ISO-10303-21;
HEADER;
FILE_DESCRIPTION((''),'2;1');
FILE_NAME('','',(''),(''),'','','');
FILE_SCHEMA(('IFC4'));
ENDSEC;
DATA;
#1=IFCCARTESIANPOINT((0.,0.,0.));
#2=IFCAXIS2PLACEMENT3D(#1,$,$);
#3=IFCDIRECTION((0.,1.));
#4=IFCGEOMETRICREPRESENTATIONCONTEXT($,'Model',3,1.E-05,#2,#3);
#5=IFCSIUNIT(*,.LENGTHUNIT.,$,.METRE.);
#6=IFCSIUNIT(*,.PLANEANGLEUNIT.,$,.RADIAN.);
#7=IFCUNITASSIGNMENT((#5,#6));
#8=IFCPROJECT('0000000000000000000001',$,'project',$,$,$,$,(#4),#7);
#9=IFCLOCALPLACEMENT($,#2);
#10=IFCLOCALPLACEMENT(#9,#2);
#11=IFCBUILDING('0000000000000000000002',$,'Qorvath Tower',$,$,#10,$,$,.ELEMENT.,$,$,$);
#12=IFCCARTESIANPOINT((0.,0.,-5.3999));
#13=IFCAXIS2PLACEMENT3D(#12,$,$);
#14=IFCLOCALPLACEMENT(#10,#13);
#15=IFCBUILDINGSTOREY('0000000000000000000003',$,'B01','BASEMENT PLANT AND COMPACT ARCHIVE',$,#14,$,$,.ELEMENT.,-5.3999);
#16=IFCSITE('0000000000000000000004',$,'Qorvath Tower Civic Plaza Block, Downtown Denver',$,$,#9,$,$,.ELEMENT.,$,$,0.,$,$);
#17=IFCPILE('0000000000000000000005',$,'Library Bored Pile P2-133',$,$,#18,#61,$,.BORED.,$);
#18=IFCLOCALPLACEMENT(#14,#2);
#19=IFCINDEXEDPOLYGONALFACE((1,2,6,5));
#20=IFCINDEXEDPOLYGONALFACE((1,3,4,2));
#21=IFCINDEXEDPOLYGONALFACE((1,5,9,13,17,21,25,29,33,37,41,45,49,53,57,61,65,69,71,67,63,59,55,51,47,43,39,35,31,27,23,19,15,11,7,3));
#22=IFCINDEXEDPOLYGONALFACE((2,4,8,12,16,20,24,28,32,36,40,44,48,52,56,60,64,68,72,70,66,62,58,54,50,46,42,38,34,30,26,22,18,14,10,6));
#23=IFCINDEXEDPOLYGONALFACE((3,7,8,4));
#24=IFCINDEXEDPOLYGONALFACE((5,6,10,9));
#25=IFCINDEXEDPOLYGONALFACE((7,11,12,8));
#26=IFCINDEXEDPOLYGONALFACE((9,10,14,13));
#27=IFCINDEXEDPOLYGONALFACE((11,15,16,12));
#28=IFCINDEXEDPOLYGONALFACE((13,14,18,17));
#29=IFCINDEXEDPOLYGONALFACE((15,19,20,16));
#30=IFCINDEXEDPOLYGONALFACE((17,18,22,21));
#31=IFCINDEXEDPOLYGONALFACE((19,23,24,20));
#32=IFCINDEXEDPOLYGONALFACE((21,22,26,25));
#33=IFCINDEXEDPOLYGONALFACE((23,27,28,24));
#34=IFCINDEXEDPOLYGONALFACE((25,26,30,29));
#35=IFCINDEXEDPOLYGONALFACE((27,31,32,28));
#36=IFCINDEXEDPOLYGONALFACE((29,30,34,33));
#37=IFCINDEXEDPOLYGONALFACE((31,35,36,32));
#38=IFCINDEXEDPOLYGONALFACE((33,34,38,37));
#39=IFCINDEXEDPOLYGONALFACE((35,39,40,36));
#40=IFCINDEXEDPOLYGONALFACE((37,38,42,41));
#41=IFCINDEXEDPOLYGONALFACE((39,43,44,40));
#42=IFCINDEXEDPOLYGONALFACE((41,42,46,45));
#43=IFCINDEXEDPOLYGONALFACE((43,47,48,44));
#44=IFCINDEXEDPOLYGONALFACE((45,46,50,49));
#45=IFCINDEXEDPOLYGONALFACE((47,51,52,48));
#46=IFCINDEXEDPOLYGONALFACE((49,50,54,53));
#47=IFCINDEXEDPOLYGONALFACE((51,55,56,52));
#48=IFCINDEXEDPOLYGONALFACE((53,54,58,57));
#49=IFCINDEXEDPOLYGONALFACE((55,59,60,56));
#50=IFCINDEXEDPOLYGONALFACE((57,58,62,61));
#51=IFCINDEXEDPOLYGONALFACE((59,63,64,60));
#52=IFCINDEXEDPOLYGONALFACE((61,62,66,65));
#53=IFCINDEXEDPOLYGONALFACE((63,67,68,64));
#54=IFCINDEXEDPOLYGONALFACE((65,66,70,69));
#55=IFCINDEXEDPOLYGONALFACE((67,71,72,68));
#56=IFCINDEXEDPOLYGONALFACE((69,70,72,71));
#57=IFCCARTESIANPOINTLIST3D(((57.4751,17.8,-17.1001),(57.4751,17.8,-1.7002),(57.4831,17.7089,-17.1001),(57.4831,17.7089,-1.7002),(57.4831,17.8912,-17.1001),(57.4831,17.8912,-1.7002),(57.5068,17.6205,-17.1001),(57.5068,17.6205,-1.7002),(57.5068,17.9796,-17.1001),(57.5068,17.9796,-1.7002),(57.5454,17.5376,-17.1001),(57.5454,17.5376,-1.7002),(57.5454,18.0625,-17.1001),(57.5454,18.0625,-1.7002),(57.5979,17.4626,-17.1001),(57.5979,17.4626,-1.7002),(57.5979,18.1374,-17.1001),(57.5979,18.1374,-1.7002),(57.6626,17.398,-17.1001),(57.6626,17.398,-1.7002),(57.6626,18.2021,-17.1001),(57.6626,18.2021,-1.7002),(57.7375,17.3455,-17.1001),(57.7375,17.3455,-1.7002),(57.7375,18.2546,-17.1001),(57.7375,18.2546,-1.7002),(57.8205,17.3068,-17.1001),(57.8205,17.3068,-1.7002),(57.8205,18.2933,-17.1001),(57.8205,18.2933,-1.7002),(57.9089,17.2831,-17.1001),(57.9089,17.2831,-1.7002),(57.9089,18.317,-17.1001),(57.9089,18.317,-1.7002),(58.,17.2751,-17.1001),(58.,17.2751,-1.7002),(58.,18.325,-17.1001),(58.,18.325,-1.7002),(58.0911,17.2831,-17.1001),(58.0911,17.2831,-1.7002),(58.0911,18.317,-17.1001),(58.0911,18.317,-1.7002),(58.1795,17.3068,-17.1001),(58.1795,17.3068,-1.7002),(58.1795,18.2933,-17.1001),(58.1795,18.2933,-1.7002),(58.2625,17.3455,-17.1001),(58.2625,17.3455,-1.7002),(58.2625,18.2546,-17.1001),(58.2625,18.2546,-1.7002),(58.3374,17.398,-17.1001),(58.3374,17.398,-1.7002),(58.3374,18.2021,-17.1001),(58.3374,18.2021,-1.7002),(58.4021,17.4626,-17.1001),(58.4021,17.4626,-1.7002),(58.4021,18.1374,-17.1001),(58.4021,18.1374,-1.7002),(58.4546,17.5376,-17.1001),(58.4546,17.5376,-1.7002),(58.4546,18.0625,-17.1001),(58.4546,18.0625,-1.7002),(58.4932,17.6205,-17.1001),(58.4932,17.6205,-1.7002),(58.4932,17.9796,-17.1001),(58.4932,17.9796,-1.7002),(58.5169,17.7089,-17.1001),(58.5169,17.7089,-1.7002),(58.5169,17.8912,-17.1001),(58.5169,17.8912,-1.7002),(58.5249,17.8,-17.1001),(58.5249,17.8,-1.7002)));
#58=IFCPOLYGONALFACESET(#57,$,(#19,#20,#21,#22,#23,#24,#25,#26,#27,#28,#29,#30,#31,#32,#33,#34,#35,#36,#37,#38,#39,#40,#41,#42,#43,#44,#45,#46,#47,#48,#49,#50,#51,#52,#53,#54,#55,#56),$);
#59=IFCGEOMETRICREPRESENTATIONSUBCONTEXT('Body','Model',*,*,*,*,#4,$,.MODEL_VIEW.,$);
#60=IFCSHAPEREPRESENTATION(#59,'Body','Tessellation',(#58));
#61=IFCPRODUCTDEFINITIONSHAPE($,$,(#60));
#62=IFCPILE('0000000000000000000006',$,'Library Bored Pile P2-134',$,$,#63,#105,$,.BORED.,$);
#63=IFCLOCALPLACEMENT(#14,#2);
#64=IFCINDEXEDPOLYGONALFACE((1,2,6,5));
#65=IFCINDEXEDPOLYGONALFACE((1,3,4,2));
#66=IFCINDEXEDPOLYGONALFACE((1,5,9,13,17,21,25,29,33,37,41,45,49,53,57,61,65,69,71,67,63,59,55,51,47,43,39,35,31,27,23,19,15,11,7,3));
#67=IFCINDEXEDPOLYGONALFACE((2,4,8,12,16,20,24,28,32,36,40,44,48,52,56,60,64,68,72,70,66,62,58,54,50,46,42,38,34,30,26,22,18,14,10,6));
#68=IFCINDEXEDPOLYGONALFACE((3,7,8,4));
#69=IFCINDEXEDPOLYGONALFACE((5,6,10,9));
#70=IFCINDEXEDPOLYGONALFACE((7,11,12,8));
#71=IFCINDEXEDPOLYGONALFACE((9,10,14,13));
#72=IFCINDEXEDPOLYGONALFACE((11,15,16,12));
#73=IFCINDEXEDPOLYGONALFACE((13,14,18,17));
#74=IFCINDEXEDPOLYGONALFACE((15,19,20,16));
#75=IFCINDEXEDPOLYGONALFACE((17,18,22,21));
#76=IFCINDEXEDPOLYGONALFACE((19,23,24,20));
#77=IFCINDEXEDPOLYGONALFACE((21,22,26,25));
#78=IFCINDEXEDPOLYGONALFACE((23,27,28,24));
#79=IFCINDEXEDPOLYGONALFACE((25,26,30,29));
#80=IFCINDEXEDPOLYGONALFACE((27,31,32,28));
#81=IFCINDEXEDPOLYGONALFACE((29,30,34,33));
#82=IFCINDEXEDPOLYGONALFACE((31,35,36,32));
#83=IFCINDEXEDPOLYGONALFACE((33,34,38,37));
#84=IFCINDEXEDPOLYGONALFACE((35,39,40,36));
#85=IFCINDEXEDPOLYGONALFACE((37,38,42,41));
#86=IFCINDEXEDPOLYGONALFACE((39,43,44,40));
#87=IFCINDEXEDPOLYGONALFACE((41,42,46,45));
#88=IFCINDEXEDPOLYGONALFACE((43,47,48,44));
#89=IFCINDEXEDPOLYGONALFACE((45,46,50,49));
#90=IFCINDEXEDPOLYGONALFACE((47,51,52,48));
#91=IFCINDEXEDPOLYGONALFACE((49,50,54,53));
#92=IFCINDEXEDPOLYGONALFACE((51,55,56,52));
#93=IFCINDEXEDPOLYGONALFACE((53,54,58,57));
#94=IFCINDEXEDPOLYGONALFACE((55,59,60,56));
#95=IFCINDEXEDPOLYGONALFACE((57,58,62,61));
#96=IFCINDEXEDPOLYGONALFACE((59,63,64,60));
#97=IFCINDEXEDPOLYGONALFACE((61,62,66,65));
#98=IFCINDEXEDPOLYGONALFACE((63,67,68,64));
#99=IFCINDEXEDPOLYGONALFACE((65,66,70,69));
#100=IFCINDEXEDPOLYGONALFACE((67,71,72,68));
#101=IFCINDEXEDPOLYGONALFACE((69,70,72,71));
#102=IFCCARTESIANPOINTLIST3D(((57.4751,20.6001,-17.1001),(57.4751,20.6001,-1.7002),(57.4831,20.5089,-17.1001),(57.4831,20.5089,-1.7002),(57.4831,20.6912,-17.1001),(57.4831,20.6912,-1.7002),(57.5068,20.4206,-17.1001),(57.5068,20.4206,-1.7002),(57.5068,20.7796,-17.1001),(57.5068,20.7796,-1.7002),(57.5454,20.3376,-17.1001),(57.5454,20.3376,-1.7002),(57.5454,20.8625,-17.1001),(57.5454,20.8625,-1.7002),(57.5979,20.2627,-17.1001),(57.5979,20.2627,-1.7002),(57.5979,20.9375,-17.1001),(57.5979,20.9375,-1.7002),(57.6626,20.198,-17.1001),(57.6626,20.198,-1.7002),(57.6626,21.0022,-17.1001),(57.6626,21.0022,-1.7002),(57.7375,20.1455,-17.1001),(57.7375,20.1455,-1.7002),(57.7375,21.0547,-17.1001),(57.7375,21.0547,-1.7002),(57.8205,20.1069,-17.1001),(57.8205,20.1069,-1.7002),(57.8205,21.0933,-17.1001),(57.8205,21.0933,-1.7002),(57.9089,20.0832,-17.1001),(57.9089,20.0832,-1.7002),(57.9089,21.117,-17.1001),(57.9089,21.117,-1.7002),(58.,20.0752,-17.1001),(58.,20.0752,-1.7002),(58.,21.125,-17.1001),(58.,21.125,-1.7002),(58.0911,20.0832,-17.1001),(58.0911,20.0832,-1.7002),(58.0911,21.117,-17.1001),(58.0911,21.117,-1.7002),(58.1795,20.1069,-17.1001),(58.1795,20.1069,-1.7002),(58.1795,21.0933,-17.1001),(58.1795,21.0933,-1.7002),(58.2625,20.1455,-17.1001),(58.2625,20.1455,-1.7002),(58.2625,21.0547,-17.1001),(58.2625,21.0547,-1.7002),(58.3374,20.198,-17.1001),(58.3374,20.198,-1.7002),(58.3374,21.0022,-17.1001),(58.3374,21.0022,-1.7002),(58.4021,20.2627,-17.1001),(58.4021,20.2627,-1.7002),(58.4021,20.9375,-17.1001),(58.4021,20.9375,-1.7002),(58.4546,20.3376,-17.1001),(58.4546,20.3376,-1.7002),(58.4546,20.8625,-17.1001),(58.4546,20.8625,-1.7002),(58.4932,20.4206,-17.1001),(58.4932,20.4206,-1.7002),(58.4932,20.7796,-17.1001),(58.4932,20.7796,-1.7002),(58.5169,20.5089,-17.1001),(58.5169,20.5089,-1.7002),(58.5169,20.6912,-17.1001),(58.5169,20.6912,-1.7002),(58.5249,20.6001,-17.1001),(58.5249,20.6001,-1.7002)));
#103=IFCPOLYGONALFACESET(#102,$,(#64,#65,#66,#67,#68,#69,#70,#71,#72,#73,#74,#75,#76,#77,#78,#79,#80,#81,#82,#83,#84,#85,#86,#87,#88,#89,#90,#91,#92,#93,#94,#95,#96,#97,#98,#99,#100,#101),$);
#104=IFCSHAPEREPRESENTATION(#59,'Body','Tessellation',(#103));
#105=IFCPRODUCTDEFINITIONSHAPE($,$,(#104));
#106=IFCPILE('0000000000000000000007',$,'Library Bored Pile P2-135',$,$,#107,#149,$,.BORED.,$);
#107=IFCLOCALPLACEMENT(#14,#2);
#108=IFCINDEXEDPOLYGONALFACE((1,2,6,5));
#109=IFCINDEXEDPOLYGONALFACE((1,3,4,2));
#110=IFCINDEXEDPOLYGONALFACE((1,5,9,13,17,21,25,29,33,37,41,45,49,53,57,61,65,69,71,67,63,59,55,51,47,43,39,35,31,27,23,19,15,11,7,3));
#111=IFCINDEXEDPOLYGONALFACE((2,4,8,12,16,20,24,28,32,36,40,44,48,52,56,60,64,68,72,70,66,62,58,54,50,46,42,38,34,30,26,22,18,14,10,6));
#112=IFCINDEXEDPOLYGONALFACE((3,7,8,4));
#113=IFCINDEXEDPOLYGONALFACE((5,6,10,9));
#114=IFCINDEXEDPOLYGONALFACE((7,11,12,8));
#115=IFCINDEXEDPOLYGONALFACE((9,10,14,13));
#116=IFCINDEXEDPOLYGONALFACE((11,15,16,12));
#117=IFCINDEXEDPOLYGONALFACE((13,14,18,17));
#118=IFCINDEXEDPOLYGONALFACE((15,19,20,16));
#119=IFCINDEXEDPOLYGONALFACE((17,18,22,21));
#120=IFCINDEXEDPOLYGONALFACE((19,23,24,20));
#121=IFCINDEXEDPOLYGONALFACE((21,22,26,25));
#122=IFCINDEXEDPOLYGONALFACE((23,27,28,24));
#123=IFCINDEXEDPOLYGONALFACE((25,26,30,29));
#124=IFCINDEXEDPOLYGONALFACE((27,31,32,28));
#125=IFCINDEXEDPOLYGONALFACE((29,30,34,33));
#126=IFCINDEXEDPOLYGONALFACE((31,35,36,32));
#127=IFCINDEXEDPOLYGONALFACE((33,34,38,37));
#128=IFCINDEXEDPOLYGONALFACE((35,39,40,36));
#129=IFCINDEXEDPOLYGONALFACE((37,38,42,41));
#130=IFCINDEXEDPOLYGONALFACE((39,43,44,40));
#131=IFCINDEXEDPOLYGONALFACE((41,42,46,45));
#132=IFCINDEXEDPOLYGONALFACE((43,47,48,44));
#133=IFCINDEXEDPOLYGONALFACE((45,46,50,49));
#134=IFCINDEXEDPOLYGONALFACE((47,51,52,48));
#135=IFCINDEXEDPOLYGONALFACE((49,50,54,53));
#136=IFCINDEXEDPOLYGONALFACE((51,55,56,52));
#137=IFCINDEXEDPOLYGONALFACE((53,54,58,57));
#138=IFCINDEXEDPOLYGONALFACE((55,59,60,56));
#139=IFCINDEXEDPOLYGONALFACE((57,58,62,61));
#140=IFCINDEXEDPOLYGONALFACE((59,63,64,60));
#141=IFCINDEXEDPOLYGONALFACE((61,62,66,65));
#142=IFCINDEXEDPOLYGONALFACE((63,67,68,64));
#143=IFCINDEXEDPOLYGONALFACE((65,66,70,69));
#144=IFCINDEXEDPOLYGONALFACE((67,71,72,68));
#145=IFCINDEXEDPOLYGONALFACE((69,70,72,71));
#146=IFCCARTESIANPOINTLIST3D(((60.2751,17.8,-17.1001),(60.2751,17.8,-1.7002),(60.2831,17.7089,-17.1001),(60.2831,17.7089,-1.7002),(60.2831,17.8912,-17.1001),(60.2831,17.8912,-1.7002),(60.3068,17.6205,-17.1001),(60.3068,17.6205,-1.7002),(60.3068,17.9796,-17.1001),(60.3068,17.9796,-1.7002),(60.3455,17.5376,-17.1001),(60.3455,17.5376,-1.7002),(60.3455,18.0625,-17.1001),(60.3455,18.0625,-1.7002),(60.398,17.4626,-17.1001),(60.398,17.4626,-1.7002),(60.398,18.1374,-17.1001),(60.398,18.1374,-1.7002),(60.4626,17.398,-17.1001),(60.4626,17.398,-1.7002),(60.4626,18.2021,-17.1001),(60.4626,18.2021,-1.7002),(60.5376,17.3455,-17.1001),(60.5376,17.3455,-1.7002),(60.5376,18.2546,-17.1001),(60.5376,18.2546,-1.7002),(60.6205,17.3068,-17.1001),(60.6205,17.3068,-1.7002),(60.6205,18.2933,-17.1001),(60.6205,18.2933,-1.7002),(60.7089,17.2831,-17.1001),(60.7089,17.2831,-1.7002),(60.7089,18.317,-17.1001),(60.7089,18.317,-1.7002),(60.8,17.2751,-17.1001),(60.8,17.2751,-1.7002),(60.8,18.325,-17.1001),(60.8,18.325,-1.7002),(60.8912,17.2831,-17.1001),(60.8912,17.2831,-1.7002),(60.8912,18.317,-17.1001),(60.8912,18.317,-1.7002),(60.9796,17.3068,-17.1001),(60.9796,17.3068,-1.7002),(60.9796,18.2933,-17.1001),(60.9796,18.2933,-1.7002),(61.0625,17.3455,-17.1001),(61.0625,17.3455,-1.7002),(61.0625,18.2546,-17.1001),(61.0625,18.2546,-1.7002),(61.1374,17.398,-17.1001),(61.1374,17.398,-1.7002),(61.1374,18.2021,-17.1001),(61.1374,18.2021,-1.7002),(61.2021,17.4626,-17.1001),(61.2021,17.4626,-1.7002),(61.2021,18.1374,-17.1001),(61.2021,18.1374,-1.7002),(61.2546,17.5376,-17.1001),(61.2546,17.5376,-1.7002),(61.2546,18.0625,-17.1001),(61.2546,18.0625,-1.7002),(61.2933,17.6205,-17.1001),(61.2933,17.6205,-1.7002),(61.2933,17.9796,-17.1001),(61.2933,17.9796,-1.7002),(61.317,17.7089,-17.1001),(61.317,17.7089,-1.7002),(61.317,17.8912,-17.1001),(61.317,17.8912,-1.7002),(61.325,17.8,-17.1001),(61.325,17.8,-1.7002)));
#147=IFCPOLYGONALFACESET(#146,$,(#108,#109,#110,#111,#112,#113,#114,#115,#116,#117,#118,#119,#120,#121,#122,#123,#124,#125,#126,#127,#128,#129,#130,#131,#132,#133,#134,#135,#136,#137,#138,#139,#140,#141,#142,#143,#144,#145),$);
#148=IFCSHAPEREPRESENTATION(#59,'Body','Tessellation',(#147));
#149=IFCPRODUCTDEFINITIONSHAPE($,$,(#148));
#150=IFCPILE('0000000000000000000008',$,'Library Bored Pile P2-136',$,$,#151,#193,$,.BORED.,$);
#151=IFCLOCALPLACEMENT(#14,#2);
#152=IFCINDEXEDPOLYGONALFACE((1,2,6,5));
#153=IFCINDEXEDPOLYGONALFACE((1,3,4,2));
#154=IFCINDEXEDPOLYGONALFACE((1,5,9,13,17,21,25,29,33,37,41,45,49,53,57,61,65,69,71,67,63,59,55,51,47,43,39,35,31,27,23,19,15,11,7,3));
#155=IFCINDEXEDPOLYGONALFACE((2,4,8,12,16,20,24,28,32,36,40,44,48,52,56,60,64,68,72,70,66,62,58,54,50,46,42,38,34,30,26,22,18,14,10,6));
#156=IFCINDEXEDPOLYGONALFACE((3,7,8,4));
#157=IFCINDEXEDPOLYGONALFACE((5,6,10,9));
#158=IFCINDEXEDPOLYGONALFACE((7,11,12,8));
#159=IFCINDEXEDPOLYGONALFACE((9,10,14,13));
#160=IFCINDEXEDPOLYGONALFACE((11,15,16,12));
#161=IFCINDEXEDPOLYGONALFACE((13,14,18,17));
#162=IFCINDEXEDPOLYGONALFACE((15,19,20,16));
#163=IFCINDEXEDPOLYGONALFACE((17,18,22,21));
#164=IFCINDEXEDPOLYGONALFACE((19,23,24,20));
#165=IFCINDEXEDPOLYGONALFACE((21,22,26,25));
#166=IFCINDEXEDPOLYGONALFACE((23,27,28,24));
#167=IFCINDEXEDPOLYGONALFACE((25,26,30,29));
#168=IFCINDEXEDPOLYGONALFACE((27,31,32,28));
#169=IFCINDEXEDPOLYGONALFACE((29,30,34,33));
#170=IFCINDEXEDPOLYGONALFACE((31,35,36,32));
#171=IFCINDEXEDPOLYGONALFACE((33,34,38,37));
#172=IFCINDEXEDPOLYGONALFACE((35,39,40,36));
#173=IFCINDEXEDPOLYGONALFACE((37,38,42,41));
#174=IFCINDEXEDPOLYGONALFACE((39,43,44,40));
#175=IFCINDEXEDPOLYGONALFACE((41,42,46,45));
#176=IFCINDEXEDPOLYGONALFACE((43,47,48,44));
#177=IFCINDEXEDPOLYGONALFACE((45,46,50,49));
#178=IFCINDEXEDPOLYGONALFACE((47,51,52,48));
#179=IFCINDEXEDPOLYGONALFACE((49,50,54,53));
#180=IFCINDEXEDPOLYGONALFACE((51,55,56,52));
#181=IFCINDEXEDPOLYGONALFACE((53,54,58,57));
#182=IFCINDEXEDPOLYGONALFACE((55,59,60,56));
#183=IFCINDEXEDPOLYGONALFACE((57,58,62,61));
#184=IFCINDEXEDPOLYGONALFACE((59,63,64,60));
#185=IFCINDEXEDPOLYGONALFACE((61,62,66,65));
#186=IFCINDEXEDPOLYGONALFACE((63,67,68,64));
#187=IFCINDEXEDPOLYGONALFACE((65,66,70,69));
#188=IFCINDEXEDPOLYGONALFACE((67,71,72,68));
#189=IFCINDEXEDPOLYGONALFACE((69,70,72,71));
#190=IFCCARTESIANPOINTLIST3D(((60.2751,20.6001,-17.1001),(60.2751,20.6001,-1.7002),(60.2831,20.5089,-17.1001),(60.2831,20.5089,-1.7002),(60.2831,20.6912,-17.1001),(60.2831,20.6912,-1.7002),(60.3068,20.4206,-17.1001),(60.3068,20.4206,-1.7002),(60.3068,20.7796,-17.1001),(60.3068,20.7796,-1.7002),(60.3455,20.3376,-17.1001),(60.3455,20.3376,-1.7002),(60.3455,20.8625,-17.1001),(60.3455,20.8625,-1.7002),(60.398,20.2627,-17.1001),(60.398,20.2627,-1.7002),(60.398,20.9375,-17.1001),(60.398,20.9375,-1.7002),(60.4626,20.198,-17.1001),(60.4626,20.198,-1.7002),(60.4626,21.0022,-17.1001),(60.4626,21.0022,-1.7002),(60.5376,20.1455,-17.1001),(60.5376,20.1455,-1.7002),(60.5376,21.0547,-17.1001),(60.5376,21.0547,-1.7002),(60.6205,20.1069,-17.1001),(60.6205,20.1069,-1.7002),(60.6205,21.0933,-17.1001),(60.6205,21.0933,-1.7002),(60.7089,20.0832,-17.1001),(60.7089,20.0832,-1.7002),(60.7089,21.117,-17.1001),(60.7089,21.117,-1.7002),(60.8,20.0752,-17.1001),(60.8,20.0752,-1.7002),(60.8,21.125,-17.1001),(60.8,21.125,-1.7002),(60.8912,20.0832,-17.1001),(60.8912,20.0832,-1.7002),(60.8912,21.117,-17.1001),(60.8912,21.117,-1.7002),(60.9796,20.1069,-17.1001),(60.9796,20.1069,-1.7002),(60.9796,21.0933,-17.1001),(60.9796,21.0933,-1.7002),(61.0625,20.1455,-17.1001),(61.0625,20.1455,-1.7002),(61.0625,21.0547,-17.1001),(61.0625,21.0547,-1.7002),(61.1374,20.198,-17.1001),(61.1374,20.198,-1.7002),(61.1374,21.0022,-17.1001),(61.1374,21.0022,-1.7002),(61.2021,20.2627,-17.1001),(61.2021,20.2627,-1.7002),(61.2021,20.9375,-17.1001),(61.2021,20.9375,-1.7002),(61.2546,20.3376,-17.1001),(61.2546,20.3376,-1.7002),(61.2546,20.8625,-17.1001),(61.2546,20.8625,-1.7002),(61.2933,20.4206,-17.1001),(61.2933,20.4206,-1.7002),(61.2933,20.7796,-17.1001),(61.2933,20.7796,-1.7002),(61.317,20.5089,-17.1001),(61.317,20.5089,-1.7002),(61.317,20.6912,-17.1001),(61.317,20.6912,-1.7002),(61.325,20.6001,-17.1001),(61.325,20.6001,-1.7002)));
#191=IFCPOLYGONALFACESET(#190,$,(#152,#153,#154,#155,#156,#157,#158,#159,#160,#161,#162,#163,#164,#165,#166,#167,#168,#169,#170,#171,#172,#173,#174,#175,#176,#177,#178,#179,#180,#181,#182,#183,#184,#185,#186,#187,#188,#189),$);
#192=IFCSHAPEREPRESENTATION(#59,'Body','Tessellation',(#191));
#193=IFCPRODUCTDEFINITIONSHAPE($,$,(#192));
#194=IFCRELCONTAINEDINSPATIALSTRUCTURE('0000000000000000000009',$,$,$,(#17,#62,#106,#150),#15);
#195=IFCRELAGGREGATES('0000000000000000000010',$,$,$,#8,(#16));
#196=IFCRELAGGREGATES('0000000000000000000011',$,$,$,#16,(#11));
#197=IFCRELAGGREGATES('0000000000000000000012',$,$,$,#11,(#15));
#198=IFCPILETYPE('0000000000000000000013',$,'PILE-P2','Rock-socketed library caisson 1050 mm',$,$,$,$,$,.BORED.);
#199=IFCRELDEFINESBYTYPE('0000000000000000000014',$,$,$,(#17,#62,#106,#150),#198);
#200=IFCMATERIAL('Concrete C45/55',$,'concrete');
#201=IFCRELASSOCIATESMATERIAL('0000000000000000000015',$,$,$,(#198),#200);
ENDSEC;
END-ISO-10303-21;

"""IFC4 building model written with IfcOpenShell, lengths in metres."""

from ifc_helpers import new_model, si_unit, direction, frame, origin, origin_2d, place, context, subcontext, project, spatial, circle, extrude, material, material_profile, profile_set, type_object, element, save


model = new_model("IFC4")

# Units and contexts
model_context = context("Model", 3, precision=1e-05, world=origin(), true_north=direction((0.0, 1.0)))
body_context = subcontext(model_context, "Body", "Model", "MODEL_VIEW")
ifc_project = project(units=[si_unit("LENGTHUNIT", "METRE"), si_unit("PLANEANGLEUNIT", "RADIAN")], contexts=[model_context])

# Site, building, storey
site_placement = place(None, origin())
site = spatial("IfcSite", under=ifc_project, at=site_placement, Name="Qorvath Tower Civic Plaza Block, Downtown Denver", CompositionType="ELEMENT", RefElevation=0.0)
building_placement = place(site_placement, origin())
building = spatial("IfcBuilding", under=site, at=building_placement, Name="Qorvath Tower", CompositionType="ELEMENT")
storey_placement = place(building_placement, frame((0.0, 0.0, -5.3999)))
storey = spatial("IfcBuildingStorey", under=building, at=storey_placement, Name="B01", Description="BASEMENT PLANT AND COMPACT ARCHIVE", CompositionType="ELEMENT", Elevation=-5.3999)

# Piles
ifc_material_1 = material(Name="Concrete C45/55", Category="concrete")
ifc_material_profile_1 = material_profile(ifc_material_1, circle(Radius=0.5249, at=origin_2d()), Name="BORED PILE 1050")
ifc_profile_set_1 = profile_set([ifc_material_profile_1], Name="Concrete C45/55")
pile_type = type_object("IfcPileType", Name="PILE-P2", Description="Rock-socketed library caisson 1050 mm", PredefinedType="BORED", material=ifc_profile_set_1)
for number, where, z_axis, x_axis, name in (
    (1, (58.0, 17.8, -1.7002), (0.0, 0.0, -1.0), (1.0, 0.0, 0.0), "Library Bored Pile P2-133"),
    (2, (58.0, 20.6001, -1.7002), (0.0, 0.0, -1.0), (1.0, 0.0, 0.0), "Library Bored Pile P2-134"),
    (3, (60.8, 17.8, -1.7002), (0.0, 0.0, -1.0), (1.0, 0.0, 0.0), "Library Bored Pile P2-135"),
    (4, (60.8, 20.6001, -1.7002), (0.0, 0.0, -1.0), (1.0, 0.0, 0.0), "Library Bored Pile P2-136"),
):
    element("IfcPile", number, at=place(storey_placement, frame(where, z_axis=z_axis, x_axis=x_axis)), inside=storey, type_object=pile_type, Name=name, PredefinedType="BORED", context=body_context, shape_type="SweptSolid", body=[
        extrude(circle(Radius=0.5249, at=origin_2d()), origin(), (0.0, 0.0, 1.0), 15.3999),
    ])

save(model, "model.ifc")
